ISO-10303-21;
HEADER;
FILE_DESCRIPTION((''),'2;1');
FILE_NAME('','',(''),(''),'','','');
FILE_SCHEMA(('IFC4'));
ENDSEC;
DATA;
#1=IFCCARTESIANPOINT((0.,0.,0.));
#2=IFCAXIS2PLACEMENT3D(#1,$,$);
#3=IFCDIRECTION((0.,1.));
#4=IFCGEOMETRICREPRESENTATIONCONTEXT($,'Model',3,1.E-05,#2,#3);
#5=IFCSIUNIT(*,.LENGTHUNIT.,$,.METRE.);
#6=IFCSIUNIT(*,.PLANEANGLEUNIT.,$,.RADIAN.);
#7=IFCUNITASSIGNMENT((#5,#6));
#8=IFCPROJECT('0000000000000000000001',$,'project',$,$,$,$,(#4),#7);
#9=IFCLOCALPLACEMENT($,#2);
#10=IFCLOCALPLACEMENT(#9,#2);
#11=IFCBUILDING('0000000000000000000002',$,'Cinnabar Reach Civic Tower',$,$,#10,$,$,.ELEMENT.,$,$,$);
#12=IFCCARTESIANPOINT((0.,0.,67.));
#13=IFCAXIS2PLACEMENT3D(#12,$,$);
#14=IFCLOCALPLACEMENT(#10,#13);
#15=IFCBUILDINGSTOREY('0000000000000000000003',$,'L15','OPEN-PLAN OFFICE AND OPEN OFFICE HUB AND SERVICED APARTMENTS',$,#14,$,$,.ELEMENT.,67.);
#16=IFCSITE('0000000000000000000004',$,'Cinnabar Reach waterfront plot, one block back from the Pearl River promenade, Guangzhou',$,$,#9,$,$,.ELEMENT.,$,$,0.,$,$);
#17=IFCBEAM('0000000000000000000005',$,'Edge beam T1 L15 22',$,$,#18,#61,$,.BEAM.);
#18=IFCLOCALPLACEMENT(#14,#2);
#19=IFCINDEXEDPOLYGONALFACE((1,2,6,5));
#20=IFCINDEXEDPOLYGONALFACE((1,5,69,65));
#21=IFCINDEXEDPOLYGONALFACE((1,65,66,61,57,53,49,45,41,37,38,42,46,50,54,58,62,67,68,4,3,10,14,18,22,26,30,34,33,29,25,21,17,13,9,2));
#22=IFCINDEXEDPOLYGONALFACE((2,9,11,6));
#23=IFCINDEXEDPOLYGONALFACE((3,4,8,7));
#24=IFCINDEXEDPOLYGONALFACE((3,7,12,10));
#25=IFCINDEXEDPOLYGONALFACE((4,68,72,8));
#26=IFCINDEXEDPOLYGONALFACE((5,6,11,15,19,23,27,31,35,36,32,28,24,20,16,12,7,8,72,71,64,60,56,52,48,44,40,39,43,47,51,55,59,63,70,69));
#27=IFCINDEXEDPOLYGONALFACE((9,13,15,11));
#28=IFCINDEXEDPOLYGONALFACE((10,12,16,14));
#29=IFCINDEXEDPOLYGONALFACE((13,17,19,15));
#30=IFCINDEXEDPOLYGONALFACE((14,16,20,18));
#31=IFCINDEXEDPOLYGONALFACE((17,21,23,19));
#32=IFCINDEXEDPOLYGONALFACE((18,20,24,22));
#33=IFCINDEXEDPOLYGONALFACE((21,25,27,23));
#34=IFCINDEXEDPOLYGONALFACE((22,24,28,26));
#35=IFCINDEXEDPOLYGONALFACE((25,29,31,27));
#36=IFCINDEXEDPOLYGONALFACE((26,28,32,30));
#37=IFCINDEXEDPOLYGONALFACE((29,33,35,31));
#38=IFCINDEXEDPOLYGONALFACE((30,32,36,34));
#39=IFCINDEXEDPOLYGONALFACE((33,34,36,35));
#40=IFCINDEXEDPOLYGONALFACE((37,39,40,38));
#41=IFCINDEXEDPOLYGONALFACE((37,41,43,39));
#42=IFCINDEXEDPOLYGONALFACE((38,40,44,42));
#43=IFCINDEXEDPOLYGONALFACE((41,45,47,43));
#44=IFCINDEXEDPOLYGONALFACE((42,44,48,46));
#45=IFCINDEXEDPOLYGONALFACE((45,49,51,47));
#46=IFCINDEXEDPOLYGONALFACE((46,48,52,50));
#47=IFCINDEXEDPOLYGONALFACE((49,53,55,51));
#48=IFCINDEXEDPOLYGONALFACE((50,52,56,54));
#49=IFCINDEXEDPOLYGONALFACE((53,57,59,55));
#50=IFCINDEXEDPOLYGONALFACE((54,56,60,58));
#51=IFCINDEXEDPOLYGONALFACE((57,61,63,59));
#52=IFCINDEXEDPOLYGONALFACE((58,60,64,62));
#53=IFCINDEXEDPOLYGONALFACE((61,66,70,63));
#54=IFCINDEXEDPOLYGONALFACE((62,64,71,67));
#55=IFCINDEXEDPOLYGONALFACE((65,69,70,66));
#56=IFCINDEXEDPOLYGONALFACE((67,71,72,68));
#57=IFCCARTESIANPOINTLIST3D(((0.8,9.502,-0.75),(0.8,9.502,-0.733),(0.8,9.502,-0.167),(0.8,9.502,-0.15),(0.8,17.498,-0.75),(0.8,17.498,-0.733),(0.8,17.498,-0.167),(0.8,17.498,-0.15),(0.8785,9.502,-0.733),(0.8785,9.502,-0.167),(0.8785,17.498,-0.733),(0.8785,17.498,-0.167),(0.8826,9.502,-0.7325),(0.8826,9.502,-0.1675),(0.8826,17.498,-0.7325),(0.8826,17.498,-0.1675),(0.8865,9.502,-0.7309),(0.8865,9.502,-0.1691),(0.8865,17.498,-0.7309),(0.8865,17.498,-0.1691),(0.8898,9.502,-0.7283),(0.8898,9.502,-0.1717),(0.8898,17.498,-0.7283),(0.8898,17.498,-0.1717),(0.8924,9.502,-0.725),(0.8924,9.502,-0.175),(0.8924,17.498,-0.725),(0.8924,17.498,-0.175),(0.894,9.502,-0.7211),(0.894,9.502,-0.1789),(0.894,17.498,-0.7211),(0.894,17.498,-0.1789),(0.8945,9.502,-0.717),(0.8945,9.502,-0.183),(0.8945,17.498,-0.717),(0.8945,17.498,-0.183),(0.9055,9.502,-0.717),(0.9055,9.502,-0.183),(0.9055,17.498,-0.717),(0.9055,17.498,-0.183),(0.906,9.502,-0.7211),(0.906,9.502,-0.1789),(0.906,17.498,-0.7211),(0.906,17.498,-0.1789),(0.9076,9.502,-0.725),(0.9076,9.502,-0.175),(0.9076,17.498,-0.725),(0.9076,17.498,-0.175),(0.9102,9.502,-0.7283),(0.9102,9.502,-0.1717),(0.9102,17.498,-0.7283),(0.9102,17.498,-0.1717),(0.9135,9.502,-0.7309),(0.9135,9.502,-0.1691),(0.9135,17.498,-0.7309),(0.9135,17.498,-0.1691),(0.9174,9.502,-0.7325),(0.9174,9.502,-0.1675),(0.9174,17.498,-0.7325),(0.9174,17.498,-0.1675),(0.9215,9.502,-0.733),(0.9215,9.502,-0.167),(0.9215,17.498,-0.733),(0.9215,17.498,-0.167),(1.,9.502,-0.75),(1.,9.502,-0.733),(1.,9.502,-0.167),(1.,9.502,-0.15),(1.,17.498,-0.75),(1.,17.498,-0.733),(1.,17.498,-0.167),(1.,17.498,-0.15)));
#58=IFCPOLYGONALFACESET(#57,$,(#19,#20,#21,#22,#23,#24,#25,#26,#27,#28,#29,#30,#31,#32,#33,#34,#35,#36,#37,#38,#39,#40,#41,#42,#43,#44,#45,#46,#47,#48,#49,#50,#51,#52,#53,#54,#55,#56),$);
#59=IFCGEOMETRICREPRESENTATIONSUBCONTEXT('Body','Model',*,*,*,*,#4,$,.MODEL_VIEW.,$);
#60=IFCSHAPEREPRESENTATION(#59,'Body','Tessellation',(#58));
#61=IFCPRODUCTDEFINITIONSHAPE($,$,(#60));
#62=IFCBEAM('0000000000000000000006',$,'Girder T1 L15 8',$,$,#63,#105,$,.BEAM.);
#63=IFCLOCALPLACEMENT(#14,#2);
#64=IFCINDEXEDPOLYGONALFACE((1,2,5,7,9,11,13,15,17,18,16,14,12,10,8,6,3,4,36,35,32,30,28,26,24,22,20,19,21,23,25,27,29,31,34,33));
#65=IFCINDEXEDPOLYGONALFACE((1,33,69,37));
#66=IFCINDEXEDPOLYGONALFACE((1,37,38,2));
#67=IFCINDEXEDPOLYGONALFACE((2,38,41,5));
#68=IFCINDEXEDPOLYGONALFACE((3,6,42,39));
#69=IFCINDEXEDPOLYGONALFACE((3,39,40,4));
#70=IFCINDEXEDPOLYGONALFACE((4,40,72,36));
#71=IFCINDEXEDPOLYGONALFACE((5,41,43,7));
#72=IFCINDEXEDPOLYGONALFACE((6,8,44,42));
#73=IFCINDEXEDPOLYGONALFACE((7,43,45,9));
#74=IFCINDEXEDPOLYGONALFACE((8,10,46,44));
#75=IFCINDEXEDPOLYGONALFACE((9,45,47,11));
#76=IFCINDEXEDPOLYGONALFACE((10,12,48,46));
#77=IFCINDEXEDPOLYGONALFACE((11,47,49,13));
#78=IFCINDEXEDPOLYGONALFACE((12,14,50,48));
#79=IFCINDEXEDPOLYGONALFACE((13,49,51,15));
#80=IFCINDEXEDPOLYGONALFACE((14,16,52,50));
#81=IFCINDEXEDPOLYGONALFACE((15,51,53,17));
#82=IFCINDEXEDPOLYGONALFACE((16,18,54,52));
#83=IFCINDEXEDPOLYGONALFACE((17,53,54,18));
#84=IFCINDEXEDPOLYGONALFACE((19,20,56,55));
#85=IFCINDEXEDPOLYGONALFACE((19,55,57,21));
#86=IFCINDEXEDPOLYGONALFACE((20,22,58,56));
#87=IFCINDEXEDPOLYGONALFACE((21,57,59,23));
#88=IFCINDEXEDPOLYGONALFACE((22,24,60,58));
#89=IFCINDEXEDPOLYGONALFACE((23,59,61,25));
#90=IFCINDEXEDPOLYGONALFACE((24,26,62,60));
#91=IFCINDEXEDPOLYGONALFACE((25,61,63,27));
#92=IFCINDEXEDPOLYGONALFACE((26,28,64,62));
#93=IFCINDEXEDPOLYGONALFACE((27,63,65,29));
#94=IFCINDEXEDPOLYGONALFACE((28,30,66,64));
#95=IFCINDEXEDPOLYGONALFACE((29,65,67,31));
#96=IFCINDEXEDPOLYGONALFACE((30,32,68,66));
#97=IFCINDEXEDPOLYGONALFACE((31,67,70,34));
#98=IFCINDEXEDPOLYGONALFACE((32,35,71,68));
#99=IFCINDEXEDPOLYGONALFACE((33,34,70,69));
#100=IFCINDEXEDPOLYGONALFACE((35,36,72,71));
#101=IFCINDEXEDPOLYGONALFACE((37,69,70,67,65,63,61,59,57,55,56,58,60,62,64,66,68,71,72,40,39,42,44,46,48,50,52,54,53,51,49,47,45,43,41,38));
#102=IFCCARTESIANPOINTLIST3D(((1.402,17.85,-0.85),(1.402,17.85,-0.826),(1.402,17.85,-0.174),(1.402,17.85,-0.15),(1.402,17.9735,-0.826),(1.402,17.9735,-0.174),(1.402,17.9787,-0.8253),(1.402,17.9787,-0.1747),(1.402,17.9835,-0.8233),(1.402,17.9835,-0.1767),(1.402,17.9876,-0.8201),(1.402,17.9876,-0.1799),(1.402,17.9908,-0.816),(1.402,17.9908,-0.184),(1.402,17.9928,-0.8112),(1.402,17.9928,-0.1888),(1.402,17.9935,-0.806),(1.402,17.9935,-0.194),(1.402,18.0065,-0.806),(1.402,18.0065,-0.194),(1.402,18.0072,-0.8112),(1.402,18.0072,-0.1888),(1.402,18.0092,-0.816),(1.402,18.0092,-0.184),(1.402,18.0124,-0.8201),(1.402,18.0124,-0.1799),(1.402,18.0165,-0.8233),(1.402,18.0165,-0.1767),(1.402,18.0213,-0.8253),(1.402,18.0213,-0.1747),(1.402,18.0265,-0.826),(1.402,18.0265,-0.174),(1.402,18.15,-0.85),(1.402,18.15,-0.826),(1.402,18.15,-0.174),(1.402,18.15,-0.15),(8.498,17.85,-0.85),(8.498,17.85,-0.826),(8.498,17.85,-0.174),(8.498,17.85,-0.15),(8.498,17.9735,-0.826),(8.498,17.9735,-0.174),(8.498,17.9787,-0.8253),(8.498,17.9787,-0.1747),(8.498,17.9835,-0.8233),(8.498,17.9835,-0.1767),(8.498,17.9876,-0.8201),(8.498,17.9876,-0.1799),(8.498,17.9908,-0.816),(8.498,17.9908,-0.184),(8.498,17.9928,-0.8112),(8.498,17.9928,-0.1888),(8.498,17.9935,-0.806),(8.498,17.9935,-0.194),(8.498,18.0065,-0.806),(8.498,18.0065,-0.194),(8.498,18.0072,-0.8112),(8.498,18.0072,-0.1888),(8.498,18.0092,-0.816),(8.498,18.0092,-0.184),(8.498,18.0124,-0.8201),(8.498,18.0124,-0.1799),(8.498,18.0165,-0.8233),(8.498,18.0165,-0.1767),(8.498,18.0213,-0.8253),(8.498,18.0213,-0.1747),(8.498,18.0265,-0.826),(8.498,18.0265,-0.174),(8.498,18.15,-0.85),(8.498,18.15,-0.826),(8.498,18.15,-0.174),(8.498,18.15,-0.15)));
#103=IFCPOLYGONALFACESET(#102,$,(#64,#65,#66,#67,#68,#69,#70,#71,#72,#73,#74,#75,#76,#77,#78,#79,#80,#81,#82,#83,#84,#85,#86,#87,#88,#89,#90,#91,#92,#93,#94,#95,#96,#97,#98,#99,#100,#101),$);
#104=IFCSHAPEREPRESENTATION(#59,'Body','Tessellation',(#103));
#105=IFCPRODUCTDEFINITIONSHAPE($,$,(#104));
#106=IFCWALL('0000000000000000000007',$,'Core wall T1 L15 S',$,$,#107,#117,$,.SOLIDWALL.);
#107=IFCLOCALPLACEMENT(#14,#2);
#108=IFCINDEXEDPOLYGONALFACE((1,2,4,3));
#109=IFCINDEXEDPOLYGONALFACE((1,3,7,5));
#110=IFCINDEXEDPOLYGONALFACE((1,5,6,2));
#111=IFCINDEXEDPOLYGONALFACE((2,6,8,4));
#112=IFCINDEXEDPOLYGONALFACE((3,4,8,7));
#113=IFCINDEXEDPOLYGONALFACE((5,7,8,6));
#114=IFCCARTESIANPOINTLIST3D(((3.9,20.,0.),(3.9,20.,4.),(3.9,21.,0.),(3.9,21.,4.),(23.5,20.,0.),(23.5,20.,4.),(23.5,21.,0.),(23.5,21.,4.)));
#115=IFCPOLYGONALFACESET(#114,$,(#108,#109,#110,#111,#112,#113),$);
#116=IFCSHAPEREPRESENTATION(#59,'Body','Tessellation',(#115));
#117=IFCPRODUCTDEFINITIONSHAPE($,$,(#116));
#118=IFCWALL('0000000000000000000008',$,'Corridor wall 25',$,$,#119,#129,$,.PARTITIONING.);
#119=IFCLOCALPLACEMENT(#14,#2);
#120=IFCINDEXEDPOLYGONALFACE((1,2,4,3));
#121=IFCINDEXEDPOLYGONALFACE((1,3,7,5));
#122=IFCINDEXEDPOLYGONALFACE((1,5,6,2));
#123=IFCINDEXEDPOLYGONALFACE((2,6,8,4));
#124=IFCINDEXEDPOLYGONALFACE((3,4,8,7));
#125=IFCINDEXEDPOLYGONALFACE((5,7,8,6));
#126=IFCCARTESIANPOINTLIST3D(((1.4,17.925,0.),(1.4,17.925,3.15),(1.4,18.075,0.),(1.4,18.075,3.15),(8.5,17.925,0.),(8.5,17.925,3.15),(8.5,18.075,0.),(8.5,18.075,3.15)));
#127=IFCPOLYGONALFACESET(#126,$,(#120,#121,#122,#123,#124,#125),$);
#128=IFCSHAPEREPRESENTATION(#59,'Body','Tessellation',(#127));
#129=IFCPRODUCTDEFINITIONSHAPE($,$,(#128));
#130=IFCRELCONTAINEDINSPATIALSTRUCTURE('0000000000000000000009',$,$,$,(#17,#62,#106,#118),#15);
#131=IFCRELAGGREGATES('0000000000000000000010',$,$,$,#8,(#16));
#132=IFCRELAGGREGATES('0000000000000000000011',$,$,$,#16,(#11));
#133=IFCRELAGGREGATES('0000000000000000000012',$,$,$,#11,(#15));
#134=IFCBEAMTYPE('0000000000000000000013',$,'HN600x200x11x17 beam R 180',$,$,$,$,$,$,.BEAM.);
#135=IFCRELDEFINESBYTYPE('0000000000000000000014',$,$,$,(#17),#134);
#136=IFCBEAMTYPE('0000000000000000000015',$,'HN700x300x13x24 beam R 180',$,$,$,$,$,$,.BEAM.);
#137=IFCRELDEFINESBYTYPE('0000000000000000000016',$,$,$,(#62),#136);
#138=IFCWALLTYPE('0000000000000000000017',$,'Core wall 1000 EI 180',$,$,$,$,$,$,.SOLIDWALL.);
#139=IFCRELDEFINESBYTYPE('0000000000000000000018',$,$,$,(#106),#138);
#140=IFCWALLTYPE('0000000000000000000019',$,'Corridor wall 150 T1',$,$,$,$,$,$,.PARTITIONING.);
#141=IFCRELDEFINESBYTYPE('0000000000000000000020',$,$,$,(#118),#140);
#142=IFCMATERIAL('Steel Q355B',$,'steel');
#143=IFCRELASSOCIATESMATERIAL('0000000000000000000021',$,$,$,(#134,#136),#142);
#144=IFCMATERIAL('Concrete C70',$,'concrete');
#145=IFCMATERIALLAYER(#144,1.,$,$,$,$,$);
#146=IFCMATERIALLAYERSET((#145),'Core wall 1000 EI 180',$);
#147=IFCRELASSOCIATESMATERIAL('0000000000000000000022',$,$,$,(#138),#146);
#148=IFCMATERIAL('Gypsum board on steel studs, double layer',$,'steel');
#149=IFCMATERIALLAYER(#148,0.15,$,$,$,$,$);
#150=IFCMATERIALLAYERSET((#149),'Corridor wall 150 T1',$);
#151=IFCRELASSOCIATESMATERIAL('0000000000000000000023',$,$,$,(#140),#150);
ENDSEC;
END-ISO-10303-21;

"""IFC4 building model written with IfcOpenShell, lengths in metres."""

from ifc_helpers import new_model, si_unit, direction, frame, frame_2d, origin, origin_2d, place, context, subcontext, project, spatial, rectangle, i_section, extrude, material, layer, layer_set, material_profile, profile_set, type_object, element, save


model = new_model("IFC4")

# Units and contexts
model_context = context("Model", 3, precision=1e-05, world=origin(), true_north=direction((0.0, 1.0)))
body_context = subcontext(model_context, "Body", "Model", "MODEL_VIEW")
ifc_project = project(units=[si_unit("LENGTHUNIT", "METRE"), si_unit("PLANEANGLEUNIT", "RADIAN")], contexts=[model_context])

# Site, building, storey
site_placement = place(None, origin())
site = spatial("IfcSite", under=ifc_project, at=site_placement, Name="Cinnabar Reach waterfront plot, one block back from the Pearl River promenade, Guangzhou", CompositionType="ELEMENT", RefElevation=0.0)
building_placement = place(site_placement, origin())
building = spatial("IfcBuilding", under=site, at=building_placement, Name="Cinnabar Reach Civic Tower", CompositionType="ELEMENT")
storey_placement = place(building_placement, frame((0.0, 0.0, 67.0)))
storey = spatial("IfcBuildingStorey", under=building, at=storey_placement, Name="L15", Description="OPEN-PLAN OFFICE AND OPEN OFFICE HUB AND SERVICED APARTMENTS", CompositionType="ELEMENT", Elevation=67.0)

# Shared definitions
ifc_material_1 = material(Name="Concrete C70", Category="concrete")

# Beams
ifc_material_2 = material(Name="Steel Q355B", Category="steel")
ifc_material_profile_1 = material_profile(ifc_material_2, i_section(OverallWidth=0.2, OverallDepth=0.6, WebThickness=0.011, FlangeThickness=0.017, FilletRadius=0.016, at=origin_2d()), Name="HN600x200x11x17")
ifc_profile_set_1 = profile_set([ifc_material_profile_1], Name="Steel Q355B")
beam_type_1 = type_object("IfcBeamType", Name="HN600x200x11x17 beam R 180", PredefinedType="BEAM", material=ifc_profile_set_1)
beam_1_placement = place(storey_placement, frame((0.9, 17.498, -0.45), z_axis=(0.0, -1.0, 0.0), x_axis=(1.0, 0.0, 0.0)))
element("IfcBeam", 1, at=beam_1_placement, inside=storey, type_object=beam_type_1, Name="Edge beam T1 L15 22", PredefinedType="BEAM", context=body_context, shape_type="SweptSolid", body=[
    extrude(i_section(OverallWidth=0.2, OverallDepth=0.6, WebThickness=0.011, FlangeThickness=0.017, FilletRadius=0.016, at=origin_2d()), origin(), (0.0, 0.0, 1.0), 7.996),
])
ifc_material_profile_2 = material_profile(ifc_material_2, i_section(OverallWidth=0.3, OverallDepth=0.7, WebThickness=0.013, FlangeThickness=0.024, FilletRadius=0.02, at=origin_2d()), Name="HN700x300x13x24")
ifc_profile_set_2 = profile_set([ifc_material_profile_2], Name="Steel Q355B")
beam_type_2 = type_object("IfcBeamType", Name="HN700x300x13x24 beam R 180", PredefinedType="BEAM", material=ifc_profile_set_2)
beam_2_placement = place(storey_placement, frame((1.402, 18.0, -0.5), z_axis=(1.0, 0.0, 0.0), x_axis=(0.0, 1.0, 0.0)))
element("IfcBeam", 2, at=beam_2_placement, inside=storey, type_object=beam_type_2, Name="Girder T1 L15 8", PredefinedType="BEAM", context=body_context, shape_type="SweptSolid", body=[
    extrude(i_section(OverallWidth=0.3, OverallDepth=0.7, WebThickness=0.013, FlangeThickness=0.024, FilletRadius=0.02, at=origin_2d()), origin(), (0.0, 0.0, 1.0), 7.096),
])

# Walls
ifc_layer_1 = layer(ifc_material_1, 1.0)
ifc_layer_set_1 = layer_set([ifc_layer_1], Name="Core wall 1000 EI 180")
wall_type_1 = type_object("IfcWallType", Name="Core wall 1000 EI 180", PredefinedType="SOLIDWALL", material=ifc_layer_set_1)
wall_1_placement = place(storey_placement, frame((3.9, 20.5, 0.0), z_axis=(0.0, 0.0, 1.0), x_axis=(1.0, 0.0, 0.0)))
element("IfcWall", 3, at=wall_1_placement, inside=storey, type_object=wall_type_1, Name="Core wall T1 L15 S", PredefinedType="SOLIDWALL", context=body_context, shape_type="SweptSolid", body=[
    extrude(rectangle(XDim=19.6, YDim=1.0, at=frame_2d((9.8, 0.0))), origin(), (0.0, 0.0, 1.0), 4.0),
])
ifc_material_3 = material(Name="Gypsum board on steel studs, double layer", Category="steel")
ifc_layer_2 = layer(ifc_material_3, 0.15)
ifc_layer_set_2 = layer_set([ifc_layer_2], Name="Corridor wall 150 T1")
wall_type_2 = type_object("IfcWallType", Name="Corridor wall 150 T1", PredefinedType="PARTITIONING", material=ifc_layer_set_2)
wall_2_placement = place(storey_placement, frame((1.4, 18.0, 0.0), z_axis=(0.0, 0.0, 1.0), x_axis=(1.0, 0.0, 0.0)))
element("IfcWall", 4, at=wall_2_placement, inside=storey, type_object=wall_type_2, Name="Corridor wall 25", PredefinedType="PARTITIONING", context=body_context, shape_type="SweptSolid", body=[
    extrude(rectangle(XDim=7.1, YDim=0.15, at=frame_2d((3.55, 0.0))), origin(), (0.0, 0.0, 1.0), 3.15),
])

save(model, "model.ifc")
